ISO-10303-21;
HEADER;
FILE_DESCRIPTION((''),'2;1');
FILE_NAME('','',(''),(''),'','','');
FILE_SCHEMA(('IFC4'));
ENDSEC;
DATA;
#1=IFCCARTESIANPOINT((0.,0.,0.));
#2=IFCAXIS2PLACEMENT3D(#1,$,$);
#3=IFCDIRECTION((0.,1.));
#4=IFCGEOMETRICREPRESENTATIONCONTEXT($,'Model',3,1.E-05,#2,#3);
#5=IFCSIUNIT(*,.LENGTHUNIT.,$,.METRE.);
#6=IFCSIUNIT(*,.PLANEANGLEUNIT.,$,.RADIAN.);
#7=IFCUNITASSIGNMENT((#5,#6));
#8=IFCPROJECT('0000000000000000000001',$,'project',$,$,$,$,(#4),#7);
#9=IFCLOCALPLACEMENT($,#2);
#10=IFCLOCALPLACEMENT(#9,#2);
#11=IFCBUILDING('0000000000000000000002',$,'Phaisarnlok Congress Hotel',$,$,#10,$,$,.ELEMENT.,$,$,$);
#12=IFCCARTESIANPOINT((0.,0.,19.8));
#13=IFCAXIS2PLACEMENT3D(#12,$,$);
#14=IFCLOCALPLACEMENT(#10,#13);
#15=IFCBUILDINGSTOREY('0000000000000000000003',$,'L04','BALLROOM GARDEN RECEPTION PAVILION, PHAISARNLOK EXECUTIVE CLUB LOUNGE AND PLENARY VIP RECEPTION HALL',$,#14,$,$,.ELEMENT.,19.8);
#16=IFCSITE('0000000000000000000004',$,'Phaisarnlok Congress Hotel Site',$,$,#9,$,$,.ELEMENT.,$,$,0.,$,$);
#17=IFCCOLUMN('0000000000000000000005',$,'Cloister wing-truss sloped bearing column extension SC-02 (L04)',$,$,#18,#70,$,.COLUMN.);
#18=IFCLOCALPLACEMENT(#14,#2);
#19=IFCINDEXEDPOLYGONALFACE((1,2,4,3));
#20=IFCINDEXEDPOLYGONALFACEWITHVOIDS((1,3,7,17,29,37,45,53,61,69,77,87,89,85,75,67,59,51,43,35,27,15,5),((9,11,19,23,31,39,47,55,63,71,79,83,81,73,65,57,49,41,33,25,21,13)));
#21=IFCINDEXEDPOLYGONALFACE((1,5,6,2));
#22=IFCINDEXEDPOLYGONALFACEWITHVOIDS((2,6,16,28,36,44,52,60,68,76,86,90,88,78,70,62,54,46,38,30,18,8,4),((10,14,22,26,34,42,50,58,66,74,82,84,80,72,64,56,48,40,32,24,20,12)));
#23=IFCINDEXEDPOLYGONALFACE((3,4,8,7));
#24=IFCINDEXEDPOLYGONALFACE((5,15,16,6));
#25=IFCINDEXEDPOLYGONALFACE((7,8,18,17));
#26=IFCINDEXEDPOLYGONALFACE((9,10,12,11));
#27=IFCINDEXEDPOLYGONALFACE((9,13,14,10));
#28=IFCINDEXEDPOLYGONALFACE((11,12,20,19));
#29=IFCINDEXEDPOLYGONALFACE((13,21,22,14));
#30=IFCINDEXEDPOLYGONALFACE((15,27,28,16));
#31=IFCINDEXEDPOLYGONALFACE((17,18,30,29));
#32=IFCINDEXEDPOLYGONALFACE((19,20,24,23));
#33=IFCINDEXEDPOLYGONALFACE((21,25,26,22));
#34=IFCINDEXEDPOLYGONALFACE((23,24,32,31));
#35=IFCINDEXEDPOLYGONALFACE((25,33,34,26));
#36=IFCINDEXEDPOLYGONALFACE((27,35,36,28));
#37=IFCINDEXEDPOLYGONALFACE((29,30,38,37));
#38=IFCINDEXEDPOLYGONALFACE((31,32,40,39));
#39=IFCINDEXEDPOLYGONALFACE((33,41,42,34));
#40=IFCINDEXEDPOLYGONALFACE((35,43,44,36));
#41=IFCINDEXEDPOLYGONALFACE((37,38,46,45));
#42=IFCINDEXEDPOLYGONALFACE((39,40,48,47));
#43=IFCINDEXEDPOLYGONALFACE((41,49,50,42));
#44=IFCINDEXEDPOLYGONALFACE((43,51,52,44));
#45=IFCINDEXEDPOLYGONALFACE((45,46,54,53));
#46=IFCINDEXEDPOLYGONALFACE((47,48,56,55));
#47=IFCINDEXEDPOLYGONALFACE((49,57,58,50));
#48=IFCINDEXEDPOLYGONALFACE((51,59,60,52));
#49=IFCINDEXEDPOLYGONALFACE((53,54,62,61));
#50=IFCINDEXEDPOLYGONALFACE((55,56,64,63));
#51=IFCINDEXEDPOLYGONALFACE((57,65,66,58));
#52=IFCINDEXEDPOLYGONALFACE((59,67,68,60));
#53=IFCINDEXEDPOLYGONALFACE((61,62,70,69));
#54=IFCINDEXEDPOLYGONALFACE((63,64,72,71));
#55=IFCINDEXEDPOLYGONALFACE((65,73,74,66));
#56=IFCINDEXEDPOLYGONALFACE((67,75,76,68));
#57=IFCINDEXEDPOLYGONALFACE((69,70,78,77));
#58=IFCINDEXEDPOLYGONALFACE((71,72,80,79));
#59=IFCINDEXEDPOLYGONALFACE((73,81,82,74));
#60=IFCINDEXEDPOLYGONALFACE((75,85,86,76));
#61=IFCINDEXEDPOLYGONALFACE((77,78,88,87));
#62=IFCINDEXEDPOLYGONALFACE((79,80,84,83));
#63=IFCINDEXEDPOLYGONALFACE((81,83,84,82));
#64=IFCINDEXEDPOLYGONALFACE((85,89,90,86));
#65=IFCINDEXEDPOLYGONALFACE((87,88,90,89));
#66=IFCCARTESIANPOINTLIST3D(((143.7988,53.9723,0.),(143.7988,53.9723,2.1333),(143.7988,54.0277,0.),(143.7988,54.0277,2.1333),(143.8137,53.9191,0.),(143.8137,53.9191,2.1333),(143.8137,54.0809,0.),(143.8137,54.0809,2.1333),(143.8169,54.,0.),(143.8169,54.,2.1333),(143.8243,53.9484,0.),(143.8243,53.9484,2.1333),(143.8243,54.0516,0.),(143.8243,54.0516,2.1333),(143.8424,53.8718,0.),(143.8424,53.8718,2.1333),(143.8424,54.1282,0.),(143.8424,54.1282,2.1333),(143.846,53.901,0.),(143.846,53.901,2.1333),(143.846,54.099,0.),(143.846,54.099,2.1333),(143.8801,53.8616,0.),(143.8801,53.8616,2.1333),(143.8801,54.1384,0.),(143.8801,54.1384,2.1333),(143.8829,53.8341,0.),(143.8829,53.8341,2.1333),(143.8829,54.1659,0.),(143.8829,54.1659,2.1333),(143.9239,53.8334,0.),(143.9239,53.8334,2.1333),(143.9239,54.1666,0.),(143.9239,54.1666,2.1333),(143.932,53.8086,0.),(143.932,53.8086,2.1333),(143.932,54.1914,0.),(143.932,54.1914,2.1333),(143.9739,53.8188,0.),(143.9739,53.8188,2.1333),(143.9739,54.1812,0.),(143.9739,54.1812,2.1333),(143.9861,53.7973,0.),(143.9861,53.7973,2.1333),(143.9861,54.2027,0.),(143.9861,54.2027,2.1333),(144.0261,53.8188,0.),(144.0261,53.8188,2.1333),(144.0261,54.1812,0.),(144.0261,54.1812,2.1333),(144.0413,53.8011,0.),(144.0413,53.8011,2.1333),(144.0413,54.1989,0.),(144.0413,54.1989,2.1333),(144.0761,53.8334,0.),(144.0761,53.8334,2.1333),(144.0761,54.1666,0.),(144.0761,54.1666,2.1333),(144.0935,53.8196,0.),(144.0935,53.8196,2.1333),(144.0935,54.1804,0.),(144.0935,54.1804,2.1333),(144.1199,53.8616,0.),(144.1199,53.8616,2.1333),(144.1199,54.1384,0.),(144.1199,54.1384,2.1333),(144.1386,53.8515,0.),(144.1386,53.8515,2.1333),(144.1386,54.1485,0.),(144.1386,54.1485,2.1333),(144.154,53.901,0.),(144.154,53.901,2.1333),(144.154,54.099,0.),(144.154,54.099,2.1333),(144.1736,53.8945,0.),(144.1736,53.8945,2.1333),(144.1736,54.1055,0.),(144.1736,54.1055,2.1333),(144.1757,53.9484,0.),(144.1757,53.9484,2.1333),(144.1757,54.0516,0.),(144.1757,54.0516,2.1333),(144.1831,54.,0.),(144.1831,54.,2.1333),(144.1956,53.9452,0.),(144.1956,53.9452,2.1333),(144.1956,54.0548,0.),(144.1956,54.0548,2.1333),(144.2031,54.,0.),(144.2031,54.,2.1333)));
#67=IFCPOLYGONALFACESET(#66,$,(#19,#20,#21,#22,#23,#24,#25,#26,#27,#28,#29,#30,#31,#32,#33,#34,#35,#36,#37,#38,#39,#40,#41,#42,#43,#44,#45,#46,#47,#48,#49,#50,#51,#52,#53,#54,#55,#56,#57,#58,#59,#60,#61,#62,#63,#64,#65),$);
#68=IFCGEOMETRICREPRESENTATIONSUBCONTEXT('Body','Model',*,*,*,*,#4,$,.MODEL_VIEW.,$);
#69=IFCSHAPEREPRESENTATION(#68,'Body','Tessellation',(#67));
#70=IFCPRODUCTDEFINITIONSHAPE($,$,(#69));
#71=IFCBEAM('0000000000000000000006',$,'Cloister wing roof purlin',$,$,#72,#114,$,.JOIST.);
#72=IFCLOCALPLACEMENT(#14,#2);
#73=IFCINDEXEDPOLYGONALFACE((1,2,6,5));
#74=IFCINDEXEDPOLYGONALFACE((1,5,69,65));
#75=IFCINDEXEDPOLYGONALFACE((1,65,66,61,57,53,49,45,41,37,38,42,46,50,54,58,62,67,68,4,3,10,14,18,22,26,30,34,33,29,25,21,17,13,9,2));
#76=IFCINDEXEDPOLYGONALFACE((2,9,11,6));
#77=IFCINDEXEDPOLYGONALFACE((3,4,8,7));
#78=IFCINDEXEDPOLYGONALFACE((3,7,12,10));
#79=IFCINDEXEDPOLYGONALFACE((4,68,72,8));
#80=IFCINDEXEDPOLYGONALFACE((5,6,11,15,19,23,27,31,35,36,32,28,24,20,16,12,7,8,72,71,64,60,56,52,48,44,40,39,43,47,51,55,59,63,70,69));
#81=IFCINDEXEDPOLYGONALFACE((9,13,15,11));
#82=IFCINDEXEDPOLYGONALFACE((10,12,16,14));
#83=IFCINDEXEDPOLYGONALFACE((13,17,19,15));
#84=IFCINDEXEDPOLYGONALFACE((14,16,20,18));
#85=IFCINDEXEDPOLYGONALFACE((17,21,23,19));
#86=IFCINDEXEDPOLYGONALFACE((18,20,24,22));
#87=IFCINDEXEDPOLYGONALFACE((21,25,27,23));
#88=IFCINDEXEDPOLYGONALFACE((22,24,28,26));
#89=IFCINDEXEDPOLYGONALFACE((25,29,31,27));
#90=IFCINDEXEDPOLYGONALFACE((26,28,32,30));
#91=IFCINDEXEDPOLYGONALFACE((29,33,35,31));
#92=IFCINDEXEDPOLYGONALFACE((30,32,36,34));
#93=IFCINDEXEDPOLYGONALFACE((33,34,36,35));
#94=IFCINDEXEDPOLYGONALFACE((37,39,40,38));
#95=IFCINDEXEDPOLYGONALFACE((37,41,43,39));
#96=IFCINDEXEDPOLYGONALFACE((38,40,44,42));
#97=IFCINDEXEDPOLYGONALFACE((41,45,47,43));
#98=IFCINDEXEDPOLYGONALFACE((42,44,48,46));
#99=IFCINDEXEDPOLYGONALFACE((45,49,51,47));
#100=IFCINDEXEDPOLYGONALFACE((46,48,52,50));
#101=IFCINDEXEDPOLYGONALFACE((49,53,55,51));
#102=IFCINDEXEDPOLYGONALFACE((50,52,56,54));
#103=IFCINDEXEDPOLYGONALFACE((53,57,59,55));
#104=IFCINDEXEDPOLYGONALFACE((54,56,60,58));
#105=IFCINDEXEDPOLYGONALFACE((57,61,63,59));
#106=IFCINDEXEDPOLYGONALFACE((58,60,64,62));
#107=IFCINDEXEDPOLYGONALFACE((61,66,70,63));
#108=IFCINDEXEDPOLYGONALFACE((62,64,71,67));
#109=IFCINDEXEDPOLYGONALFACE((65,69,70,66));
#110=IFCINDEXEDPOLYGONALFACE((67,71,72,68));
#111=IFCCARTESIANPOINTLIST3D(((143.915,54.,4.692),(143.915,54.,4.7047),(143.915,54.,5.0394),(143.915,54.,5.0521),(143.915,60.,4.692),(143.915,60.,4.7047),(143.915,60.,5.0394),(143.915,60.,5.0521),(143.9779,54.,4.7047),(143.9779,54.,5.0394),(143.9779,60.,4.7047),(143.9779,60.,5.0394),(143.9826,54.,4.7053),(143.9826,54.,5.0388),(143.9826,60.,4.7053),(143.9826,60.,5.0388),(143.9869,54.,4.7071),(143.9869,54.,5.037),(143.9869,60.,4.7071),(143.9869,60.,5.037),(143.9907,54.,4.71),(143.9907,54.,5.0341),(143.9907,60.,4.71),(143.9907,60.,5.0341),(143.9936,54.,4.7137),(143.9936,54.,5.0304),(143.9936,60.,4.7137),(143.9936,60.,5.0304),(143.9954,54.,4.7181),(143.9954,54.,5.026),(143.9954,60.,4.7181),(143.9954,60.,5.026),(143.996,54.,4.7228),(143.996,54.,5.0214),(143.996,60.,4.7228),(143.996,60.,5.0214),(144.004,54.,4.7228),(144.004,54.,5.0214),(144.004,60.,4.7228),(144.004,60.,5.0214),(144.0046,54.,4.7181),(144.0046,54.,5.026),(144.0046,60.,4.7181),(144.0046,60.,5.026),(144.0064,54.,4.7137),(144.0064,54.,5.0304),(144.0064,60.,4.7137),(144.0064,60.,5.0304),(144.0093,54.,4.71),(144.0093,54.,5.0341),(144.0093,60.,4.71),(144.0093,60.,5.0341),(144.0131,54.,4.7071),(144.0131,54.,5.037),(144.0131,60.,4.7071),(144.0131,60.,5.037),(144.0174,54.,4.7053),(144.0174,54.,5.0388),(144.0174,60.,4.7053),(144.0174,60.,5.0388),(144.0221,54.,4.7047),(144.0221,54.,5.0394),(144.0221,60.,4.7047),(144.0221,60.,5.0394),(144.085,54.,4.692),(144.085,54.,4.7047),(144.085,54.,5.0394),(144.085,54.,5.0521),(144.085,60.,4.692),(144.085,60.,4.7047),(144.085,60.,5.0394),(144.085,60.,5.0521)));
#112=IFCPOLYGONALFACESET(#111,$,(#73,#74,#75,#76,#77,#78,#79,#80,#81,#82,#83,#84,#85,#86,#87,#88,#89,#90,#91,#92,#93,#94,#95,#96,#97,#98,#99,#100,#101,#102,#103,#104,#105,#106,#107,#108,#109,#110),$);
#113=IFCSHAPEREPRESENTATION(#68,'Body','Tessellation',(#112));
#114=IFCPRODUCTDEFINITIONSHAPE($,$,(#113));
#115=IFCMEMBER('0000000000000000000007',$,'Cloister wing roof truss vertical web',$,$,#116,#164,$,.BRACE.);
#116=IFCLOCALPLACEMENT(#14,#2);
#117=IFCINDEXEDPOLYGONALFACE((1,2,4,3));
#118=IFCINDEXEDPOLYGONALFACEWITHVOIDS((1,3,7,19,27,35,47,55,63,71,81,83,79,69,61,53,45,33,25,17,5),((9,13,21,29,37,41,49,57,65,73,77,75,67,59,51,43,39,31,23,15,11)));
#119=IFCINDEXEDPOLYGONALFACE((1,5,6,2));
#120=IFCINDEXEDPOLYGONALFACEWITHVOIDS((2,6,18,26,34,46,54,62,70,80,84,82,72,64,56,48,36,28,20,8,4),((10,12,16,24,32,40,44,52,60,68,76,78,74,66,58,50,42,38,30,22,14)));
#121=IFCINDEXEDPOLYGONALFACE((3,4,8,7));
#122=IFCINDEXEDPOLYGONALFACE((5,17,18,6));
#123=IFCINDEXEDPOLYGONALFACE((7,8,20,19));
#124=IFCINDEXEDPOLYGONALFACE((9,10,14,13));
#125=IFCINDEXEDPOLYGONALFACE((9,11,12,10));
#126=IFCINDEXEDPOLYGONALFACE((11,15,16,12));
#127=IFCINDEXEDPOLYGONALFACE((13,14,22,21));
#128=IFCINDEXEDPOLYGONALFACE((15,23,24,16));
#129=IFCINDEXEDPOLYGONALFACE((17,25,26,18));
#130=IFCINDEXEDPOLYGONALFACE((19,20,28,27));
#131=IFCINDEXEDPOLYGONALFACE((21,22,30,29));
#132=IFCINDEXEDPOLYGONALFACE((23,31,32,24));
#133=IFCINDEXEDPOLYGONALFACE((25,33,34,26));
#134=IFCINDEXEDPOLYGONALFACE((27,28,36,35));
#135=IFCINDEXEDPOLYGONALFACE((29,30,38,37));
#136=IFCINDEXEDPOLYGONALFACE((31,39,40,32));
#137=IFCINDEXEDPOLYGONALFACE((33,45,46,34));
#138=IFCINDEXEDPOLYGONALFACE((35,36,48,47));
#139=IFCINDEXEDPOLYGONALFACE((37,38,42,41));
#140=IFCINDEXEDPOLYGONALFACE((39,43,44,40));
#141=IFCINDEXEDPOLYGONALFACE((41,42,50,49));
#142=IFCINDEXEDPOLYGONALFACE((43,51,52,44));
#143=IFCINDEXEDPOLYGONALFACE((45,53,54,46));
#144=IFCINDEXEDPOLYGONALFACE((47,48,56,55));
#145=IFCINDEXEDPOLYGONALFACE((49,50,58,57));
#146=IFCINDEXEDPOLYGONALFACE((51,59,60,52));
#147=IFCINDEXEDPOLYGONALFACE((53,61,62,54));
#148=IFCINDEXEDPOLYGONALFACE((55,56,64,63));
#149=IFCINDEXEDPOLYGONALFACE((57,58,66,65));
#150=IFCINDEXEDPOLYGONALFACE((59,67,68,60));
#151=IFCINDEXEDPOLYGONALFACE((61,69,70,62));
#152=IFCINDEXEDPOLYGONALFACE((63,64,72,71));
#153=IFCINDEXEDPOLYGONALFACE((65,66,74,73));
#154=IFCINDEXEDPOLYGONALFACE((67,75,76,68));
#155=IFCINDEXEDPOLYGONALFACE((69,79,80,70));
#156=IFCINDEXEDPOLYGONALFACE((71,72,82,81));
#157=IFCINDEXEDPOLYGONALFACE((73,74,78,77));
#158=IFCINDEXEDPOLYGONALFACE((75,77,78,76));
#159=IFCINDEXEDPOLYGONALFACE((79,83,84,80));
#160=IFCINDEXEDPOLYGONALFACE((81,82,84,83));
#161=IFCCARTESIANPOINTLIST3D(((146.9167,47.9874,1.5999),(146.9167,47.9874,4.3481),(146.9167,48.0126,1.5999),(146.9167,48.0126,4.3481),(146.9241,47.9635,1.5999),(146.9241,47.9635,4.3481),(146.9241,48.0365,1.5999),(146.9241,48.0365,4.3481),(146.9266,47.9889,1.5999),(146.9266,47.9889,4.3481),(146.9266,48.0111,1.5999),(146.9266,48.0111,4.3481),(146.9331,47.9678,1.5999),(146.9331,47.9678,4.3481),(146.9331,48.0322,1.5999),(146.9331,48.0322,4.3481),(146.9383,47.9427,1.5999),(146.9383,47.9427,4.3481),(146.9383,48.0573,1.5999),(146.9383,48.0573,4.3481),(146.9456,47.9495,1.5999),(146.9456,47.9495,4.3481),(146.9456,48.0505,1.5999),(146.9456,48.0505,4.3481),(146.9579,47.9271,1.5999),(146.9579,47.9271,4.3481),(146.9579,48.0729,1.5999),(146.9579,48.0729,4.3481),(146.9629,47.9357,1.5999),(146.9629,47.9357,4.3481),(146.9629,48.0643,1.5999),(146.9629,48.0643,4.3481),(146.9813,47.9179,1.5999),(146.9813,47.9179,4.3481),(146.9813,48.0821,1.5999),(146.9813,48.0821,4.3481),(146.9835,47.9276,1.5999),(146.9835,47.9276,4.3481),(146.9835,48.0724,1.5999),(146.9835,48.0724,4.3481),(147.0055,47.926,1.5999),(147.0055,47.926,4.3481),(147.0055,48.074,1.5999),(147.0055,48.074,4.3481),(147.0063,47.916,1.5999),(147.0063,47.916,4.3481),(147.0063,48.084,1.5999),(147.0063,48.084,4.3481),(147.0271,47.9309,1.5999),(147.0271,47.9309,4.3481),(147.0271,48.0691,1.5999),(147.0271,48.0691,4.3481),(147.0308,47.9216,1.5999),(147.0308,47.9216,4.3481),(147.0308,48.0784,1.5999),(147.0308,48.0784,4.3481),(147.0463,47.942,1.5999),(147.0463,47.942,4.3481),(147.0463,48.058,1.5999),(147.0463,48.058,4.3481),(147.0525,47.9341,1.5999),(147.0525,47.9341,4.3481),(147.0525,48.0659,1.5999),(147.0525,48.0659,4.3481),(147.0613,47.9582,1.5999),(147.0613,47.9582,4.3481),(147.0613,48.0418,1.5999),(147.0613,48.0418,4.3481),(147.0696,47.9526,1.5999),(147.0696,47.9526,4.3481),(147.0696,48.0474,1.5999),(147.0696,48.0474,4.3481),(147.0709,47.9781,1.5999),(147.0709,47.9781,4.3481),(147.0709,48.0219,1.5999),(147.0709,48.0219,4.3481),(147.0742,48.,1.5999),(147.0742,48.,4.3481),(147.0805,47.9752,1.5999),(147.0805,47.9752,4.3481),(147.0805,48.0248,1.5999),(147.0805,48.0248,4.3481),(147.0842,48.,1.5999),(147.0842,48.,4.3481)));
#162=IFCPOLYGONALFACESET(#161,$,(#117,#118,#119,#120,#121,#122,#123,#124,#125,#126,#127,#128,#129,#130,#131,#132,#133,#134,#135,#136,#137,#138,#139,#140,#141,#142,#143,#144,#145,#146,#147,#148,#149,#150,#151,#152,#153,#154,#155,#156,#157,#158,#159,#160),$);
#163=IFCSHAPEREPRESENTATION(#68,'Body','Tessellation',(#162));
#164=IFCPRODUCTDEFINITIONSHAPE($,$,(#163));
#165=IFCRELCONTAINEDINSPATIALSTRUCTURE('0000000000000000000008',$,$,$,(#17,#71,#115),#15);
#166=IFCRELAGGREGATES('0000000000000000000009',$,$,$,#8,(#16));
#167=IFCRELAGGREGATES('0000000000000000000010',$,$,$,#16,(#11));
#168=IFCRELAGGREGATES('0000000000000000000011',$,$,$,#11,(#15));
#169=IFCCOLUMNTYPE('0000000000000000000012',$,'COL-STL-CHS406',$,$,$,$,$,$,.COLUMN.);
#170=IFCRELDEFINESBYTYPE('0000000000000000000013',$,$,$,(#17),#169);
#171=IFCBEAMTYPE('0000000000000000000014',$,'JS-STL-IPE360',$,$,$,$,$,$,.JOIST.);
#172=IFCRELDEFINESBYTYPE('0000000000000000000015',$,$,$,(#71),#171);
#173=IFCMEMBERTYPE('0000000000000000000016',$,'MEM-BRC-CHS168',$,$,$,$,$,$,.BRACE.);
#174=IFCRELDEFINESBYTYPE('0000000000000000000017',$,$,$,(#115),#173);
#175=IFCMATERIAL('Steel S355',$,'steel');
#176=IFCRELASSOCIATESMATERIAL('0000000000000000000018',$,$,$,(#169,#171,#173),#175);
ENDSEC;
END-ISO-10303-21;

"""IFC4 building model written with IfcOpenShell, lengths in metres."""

from ifc_helpers import new_model, si_unit, direction, frame, origin, origin_2d, place, context, subcontext, project, spatial, hollow_circle, i_section, extrude, material, material_profile, profile_set, type_object, element, save


model = new_model("IFC4")

# Units and contexts
model_context = context("Model", 3, precision=1e-05, world=origin(), true_north=direction((0.0, 1.0)))
body_context = subcontext(model_context, "Body", "Model", "MODEL_VIEW")
ifc_project = project(units=[si_unit("LENGTHUNIT", "METRE"), si_unit("PLANEANGLEUNIT", "RADIAN")], contexts=[model_context])

# Site, building, storey
site_placement = place(None, origin())
site = spatial("IfcSite", under=ifc_project, at=site_placement, Name="Phaisarnlok Congress Hotel Site", CompositionType="ELEMENT", RefElevation=0.0)
building_placement = place(site_placement, origin())
building = spatial("IfcBuilding", under=site, at=building_placement, Name="Phaisarnlok Congress Hotel", CompositionType="ELEMENT")
storey_placement = place(building_placement, frame((0.0, 0.0, 19.8)))
storey = spatial("IfcBuildingStorey", under=building, at=storey_placement, Name="L04", Description="BALLROOM GARDEN RECEPTION PAVILION, PHAISARNLOK EXECUTIVE CLUB LOUNGE AND PLENARY VIP RECEPTION HALL", CompositionType="ELEMENT", Elevation=19.8)

# Column
ifc_material = material(Name="Steel S355", Category="steel")
ifc_material_profile_1 = material_profile(ifc_material, hollow_circle(Radius=0.2031, WallThickness=0.02, at=origin_2d()), Name="CHS 406.4x20")
ifc_profile_set_1 = profile_set([ifc_material_profile_1], Name="Steel S355")
column_type = type_object("IfcColumnType", Name="COL-STL-CHS406", PredefinedType="COLUMN", material=ifc_profile_set_1)
column_placement = place(storey_placement, frame((144.0, 54.0, 0.0), z_axis=(0.0, 0.0, 1.0), x_axis=(1.0, 0.0, 0.0)))
element("IfcColumn", 1, at=column_placement, inside=storey, type_object=column_type, Name="Cloister wing-truss sloped bearing column extension SC-02 (L04)", PredefinedType="COLUMN", context=body_context, shape_type="SweptSolid", body=[
    extrude(hollow_circle(Radius=0.2031, WallThickness=0.02, at=origin_2d()), origin(), (0.0, 0.0, 1.0), 2.1333),
])

# Beam
ifc_material_profile_2 = material_profile(ifc_material, i_section(OverallWidth=0.1699, OverallDepth=0.3601, WebThickness=0.0081, FlangeThickness=0.0127, FilletRadius=0.0181, at=origin_2d()), Name="IPE 360")
ifc_profile_set_2 = profile_set([ifc_material_profile_2], Name="Steel S355")
beam_type = type_object("IfcBeamType", Name="JS-STL-IPE360", PredefinedType="JOIST", material=ifc_profile_set_2)
beam_placement = place(storey_placement, frame((144.0, 54.0, 4.8721), z_axis=(0.0, 1.0, 0.0), x_axis=(-1.0, 0.0, 0.0)))
element("IfcBeam", 2, at=beam_placement, inside=storey, type_object=beam_type, Name="Cloister wing roof purlin", PredefinedType="JOIST", context=body_context, shape_type="SweptSolid", body=[
    extrude(i_section(OverallWidth=0.1699, OverallDepth=0.3601, WebThickness=0.0081, FlangeThickness=0.0127, FilletRadius=0.0181, at=origin_2d()), origin(), (0.0, 0.0, 1.0), 6.0),
])

# Member
ifc_material_profile_3 = material_profile(ifc_material, hollow_circle(Radius=0.0842, WallThickness=0.01, at=origin_2d()), Name="CHS 168.3x10")
ifc_profile_set_3 = profile_set([ifc_material_profile_3], Name="Steel S355")
member_type_1 = type_object("IfcMemberType", Name="MEM-BRC-CHS168", PredefinedType="BRACE", material=ifc_profile_set_3)
for number, where, z_axis, x_axis, name in (
    (3, (147.0, 48.0, 1.5999), (0.0, 0.0, 1.0), (1.0, 0.0, 0.0), "Cloister wing roof truss vertical web"),
):
    element("IfcMember", number, at=place(storey_placement, frame(where, z_axis=z_axis, x_axis=x_axis)), inside=storey, type_object=member_type_1, Name=name, PredefinedType="BRACE", context=body_context, shape_type="SweptSolid", body=[
        extrude(hollow_circle(Radius=0.0842, WallThickness=0.01, at=origin_2d()), origin(), (0.0, 0.0, 1.0), 2.7483),
    ])

save(model, "model.ifc")
